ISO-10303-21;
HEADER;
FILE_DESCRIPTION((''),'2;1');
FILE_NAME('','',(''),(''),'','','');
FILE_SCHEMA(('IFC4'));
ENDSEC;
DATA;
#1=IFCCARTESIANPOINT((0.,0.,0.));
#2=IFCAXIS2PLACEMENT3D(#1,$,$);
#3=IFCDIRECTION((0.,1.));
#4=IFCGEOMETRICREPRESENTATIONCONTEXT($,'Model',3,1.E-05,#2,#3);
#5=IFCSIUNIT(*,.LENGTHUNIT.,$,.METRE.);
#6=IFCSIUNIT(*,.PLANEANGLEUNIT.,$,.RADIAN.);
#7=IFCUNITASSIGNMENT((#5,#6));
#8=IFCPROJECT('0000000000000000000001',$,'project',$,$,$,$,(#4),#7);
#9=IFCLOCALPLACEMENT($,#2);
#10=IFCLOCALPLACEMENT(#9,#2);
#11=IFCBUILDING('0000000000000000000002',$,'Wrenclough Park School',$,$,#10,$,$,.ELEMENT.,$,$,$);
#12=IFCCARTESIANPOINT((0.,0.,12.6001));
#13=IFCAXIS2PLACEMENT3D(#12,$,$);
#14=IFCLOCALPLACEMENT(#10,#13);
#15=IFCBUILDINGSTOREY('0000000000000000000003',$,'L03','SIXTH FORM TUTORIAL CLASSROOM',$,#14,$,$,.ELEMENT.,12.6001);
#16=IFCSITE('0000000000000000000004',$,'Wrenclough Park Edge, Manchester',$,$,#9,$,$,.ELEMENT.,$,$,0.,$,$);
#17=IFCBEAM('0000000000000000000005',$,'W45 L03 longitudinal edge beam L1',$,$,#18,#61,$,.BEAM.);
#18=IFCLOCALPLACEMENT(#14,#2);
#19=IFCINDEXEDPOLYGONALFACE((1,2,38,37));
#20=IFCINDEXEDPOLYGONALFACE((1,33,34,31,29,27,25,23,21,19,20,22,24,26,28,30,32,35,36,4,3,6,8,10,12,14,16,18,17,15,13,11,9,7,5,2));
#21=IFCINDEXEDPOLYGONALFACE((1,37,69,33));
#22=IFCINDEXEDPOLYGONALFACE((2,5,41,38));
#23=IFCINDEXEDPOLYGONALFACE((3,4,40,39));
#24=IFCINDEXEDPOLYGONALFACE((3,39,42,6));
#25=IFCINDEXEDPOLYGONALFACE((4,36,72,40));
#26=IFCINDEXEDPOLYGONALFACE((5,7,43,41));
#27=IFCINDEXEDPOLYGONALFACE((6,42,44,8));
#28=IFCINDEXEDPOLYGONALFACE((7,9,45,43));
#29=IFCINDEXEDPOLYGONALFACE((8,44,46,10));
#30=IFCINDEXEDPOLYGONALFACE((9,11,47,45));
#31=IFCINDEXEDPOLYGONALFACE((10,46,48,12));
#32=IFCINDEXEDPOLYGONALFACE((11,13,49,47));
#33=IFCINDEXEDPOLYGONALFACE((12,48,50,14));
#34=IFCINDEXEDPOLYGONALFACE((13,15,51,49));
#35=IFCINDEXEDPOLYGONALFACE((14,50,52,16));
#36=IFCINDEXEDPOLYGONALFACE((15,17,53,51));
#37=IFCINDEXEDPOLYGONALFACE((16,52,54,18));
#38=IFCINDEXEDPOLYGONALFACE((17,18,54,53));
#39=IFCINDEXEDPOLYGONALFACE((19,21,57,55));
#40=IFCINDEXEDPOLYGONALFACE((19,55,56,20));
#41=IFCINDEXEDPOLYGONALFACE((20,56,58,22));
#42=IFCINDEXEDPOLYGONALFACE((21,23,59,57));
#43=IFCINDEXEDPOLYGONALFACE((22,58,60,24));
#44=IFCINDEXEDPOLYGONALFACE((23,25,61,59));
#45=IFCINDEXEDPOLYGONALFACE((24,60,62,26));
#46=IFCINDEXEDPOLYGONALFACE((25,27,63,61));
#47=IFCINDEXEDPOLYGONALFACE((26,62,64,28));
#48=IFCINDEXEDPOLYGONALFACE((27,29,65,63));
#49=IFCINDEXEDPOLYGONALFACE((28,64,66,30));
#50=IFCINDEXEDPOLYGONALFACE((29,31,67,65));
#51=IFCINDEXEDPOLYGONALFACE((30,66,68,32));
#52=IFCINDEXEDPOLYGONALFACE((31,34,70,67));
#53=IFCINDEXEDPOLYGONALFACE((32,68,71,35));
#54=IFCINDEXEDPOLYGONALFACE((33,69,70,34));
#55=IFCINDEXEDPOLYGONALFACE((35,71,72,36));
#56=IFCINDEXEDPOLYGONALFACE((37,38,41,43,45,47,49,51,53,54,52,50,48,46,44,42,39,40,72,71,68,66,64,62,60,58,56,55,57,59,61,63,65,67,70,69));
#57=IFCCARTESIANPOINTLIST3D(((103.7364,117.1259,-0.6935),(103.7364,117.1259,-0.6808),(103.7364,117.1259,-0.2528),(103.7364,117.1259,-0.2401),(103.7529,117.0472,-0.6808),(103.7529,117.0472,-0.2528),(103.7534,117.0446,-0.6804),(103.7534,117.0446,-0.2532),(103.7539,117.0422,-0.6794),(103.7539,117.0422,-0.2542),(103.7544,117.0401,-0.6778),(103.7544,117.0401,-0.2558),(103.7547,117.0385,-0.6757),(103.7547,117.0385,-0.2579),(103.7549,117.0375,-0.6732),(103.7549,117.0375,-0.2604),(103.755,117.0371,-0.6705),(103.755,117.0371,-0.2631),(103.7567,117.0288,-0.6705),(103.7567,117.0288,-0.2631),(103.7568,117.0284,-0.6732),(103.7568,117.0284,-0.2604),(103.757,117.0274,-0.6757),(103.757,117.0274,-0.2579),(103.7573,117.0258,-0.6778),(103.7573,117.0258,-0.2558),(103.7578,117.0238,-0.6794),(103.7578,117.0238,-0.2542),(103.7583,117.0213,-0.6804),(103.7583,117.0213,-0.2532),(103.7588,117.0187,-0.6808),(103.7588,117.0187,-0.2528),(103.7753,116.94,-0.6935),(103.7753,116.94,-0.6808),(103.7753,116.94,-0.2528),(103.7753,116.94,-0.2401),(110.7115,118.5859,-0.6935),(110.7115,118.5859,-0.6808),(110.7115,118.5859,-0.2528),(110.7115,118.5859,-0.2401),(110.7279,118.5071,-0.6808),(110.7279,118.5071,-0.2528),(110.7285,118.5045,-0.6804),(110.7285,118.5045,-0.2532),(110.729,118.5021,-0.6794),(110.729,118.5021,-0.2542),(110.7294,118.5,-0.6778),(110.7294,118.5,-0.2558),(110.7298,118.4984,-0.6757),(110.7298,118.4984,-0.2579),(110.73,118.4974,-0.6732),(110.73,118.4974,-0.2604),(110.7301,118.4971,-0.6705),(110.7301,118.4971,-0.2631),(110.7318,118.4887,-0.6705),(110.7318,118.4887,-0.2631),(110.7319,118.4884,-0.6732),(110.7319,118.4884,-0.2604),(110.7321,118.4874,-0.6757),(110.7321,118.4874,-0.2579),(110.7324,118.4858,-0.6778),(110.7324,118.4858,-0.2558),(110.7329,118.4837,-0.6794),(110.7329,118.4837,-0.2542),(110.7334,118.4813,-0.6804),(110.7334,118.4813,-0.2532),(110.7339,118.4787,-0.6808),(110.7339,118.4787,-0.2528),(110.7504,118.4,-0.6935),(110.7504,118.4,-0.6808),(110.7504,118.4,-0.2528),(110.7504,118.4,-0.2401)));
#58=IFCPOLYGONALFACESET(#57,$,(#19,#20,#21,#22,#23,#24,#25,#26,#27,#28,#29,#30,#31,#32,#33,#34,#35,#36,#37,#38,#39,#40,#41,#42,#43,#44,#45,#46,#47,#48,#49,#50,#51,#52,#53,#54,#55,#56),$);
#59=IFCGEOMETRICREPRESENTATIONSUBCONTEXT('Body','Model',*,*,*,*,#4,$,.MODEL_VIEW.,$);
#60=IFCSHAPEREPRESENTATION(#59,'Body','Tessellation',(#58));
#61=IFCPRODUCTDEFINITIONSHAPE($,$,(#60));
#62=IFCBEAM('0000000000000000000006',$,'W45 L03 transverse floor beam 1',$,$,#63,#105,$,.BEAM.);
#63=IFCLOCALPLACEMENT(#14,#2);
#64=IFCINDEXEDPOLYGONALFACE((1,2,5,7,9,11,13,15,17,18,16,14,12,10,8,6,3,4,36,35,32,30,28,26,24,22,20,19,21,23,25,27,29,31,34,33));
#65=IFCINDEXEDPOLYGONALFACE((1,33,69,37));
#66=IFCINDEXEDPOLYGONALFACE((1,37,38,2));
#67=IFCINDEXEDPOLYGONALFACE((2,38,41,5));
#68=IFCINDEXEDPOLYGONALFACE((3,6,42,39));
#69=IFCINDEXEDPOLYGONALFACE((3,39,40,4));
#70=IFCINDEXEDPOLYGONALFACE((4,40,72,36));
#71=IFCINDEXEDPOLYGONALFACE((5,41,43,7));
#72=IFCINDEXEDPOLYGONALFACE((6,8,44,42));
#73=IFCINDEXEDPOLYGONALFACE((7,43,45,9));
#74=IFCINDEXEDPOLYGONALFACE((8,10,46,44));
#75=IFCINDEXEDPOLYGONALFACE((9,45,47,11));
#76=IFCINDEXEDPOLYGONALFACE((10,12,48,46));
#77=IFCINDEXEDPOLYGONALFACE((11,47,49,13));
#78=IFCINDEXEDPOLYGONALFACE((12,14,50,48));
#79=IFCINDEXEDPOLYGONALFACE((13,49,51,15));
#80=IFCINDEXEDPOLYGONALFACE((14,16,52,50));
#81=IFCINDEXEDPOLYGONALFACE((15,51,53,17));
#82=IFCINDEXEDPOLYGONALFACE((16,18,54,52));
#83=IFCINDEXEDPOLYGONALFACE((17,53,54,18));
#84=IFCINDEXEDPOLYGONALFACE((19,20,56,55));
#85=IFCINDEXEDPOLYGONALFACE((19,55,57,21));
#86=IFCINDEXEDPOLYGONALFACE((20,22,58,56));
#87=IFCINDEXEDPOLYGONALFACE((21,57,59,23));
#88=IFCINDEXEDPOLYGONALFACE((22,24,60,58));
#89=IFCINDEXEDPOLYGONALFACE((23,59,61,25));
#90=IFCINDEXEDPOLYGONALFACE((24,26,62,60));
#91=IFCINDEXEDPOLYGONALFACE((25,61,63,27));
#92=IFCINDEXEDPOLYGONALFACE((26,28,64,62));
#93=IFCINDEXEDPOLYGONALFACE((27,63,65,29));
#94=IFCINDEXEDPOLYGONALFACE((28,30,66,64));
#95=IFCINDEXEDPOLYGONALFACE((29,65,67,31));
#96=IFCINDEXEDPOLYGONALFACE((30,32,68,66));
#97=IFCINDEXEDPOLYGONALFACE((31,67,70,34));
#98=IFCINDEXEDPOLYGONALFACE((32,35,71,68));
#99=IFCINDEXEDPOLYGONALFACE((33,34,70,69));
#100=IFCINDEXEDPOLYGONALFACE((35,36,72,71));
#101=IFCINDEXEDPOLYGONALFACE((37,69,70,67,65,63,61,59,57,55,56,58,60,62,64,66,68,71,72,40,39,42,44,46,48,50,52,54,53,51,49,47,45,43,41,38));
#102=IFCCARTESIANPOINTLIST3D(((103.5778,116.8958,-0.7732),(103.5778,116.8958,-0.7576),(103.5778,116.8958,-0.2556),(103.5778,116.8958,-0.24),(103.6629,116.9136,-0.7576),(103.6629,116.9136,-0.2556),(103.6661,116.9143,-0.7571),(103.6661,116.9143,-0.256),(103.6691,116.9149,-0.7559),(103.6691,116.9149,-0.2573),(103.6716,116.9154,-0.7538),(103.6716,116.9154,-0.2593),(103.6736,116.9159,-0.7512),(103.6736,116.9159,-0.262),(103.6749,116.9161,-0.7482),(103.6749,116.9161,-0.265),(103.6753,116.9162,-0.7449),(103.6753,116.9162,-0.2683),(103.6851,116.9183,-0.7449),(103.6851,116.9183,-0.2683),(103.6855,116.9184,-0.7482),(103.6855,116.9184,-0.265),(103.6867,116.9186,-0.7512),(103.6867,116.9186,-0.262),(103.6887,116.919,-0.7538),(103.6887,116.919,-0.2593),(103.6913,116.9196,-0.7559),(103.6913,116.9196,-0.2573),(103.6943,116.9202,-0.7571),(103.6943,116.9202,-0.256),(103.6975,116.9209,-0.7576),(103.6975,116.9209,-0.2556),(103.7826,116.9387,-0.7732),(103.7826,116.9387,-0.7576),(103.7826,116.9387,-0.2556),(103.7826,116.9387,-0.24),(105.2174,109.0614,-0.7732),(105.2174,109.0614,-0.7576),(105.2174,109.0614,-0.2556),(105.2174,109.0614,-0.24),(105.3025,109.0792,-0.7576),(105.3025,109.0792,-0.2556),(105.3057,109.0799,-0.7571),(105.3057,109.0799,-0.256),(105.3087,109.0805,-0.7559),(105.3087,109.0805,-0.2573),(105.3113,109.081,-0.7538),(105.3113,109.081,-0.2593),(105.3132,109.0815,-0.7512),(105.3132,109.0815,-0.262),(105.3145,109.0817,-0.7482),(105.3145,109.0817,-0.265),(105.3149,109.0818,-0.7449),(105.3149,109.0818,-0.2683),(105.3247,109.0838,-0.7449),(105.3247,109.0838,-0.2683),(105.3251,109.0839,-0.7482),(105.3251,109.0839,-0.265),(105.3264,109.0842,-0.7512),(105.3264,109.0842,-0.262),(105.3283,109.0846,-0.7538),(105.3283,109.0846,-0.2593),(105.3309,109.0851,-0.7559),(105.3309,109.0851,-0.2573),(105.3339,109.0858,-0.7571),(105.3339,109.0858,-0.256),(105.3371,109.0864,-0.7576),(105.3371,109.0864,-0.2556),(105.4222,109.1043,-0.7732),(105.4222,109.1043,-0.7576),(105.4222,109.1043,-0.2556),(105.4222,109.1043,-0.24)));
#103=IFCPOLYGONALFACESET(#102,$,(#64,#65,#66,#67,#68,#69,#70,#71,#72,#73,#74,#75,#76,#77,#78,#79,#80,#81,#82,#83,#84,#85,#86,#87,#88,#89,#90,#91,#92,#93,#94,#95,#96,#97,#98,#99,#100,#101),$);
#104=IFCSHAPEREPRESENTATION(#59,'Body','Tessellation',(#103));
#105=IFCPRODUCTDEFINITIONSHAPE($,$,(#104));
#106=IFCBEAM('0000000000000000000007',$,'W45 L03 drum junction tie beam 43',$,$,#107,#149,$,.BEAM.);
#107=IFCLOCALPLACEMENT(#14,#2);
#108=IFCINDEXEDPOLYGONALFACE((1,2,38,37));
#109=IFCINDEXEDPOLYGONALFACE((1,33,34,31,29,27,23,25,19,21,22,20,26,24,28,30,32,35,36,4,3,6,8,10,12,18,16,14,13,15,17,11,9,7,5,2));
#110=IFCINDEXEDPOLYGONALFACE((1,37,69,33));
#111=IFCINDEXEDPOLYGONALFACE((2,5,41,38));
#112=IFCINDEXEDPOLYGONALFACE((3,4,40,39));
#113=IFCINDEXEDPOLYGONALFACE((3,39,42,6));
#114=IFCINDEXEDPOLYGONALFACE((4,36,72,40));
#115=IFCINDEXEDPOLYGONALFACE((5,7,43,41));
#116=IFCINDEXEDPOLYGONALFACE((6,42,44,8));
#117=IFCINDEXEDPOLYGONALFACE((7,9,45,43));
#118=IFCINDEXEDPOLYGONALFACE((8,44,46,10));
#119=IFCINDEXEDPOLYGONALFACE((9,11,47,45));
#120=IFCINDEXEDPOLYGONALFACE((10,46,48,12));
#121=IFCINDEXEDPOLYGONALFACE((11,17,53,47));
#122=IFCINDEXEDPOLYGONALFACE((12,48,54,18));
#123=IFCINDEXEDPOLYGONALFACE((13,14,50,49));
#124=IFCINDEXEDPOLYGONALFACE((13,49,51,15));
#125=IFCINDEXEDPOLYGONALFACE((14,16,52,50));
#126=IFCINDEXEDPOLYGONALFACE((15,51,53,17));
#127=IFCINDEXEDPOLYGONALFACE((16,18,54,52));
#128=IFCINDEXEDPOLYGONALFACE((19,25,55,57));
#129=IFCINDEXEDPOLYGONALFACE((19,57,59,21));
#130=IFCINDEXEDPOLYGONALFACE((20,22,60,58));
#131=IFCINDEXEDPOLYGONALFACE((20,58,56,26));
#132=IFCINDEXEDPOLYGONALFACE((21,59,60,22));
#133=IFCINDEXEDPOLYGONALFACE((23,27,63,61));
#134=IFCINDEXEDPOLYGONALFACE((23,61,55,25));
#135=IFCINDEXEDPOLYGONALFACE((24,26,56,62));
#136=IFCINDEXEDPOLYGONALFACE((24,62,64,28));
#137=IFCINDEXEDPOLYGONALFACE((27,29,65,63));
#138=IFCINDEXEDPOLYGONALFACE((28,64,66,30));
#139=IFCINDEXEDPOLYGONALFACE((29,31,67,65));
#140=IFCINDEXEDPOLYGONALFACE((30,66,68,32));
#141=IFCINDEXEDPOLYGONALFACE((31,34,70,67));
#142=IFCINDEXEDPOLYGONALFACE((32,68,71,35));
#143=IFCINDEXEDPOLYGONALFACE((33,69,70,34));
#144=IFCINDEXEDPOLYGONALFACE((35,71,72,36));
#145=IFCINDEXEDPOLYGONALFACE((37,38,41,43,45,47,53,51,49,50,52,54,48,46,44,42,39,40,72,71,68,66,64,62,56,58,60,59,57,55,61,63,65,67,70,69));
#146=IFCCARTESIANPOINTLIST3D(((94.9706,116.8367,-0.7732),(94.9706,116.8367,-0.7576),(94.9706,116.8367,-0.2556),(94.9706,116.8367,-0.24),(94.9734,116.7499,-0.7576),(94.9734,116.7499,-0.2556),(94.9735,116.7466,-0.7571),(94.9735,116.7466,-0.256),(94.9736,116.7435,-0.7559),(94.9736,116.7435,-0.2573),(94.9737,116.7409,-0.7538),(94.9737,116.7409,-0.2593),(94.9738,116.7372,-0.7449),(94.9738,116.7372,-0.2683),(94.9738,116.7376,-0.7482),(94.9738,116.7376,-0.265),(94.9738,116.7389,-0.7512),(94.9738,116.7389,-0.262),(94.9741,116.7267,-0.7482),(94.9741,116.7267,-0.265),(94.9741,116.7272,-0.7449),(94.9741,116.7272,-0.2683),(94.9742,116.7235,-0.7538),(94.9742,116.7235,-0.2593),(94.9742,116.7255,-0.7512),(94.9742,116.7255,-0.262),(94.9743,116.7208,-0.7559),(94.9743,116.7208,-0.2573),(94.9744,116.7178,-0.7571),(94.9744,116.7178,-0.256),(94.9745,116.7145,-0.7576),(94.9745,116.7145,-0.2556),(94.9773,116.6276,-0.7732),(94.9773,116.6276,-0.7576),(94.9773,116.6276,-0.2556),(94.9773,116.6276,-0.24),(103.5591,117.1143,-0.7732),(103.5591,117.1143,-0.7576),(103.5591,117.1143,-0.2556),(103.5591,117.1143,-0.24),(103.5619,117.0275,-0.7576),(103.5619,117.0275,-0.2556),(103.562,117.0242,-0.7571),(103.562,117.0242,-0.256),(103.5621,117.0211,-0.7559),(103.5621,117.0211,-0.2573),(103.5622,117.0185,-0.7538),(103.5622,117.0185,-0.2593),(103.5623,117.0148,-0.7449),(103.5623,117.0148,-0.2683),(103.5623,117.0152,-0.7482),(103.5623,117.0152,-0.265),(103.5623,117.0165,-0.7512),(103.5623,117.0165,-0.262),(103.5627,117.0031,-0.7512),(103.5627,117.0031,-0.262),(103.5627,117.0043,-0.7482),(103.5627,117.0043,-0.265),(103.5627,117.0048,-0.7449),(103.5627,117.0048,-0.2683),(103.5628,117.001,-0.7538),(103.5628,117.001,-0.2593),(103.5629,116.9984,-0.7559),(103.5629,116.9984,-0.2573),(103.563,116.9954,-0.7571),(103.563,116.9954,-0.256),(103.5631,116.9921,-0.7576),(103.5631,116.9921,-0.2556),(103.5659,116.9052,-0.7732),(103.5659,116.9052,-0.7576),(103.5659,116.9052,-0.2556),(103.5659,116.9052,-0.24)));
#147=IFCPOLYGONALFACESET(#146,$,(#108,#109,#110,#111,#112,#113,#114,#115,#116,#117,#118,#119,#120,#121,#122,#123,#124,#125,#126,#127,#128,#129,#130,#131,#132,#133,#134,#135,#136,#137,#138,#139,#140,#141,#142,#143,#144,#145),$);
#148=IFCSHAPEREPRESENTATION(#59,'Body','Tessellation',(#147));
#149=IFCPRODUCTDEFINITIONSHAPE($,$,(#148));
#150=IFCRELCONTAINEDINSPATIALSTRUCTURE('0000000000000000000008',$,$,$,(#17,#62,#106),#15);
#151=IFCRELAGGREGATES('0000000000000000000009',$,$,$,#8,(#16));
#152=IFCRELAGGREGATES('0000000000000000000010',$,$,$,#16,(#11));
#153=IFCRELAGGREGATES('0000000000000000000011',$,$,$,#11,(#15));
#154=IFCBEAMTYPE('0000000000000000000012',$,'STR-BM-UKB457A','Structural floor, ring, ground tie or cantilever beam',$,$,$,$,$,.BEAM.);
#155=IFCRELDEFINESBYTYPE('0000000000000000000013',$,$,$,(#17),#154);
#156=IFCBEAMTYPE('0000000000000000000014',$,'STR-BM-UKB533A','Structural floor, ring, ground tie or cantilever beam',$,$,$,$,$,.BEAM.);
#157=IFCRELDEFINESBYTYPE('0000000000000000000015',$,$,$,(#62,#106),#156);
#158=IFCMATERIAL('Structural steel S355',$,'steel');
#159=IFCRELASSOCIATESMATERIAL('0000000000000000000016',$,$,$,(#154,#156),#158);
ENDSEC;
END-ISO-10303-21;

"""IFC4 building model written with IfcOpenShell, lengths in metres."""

from ifc_helpers import new_model, si_unit, direction, frame, origin, origin_2d, place, context, subcontext, project, spatial, i_section, extrude, material, material_profile, profile_set, type_object, element, save


model = new_model("IFC4")

# Units and contexts
model_context = context("Model", 3, precision=1e-05, world=origin(), true_north=direction((0.0, 1.0)))
body_context = subcontext(model_context, "Body", "Model", "MODEL_VIEW")
ifc_project = project(units=[si_unit("LENGTHUNIT", "METRE"), si_unit("PLANEANGLEUNIT", "RADIAN")], contexts=[model_context])

# Site, building, storey
site_placement = place(None, origin())
site = spatial("IfcSite", under=ifc_project, at=site_placement, Name="Wrenclough Park Edge, Manchester", CompositionType="ELEMENT", RefElevation=0.0)
building_placement = place(site_placement, origin())
building = spatial("IfcBuilding", under=site, at=building_placement, Name="Wrenclough Park School", CompositionType="ELEMENT")
storey_placement = place(building_placement, frame((0.0, 0.0, 12.6001)))
storey = spatial("IfcBuildingStorey", under=building, at=storey_placement, Name="L03", Description="SIXTH FORM TUTORIAL CLASSROOM", CompositionType="ELEMENT", Elevation=12.6001)

# Shared definitions
ifc_material_1 = material(Name="Structural steel S355", Category="steel")

# Beams
ifc_material_profile_1 = material_profile(ifc_material_1, i_section(OverallWidth=0.1899, OverallDepth=0.4534, WebThickness=0.0085, FlangeThickness=0.0127, FilletRadius=0.0103, at=origin_2d()), Name="UKB 457x191x67")
ifc_profile_set_1 = profile_set([ifc_material_profile_1], Name="Structural steel S355")
beam_type_1 = type_object("IfcBeamType", Name="STR-BM-UKB457A", Description="Structural floor, ring, ground tie or cantilever beam", PredefinedType="BEAM", material=ifc_profile_set_1)
beam_1_placement = place(storey_placement, frame((103.7559, 117.033, -0.4668), z_axis=(0.978789, 0.204871, 0.0), x_axis=(-0.204871, 0.978789, 0.0)))
element("IfcBeam", 1, at=beam_1_placement, inside=storey, type_object=beam_type_1, Name="W45 L03 longitudinal edge beam L1", PredefinedType="BEAM", context=body_context, shape_type="SweptSolid", body=[
    extrude(i_section(OverallWidth=0.1899, OverallDepth=0.4534, WebThickness=0.0085, FlangeThickness=0.0127, FilletRadius=0.0103, at=origin_2d()), origin(), (0.0, 0.0, 1.0), 7.1262),
])
ifc_material_profile_2 = material_profile(ifc_material_1, i_section(OverallWidth=0.2092, OverallDepth=0.5332, WebThickness=0.01, FlangeThickness=0.0156, FilletRadius=0.0127, at=origin_2d()), Name="UKB 533x210x92")
ifc_profile_set_2 = profile_set([ifc_material_profile_2], Name="Structural steel S355")
beam_type_2 = type_object("IfcBeamType", Name="STR-BM-UKB533A", Description="Structural floor, ring, ground tie or cantilever beam", PredefinedType="BEAM", material=ifc_profile_set_2)
beam_2_placement = place(storey_placement, frame((103.6802, 116.9172, -0.5066), z_axis=(0.204848, -0.978794, 0.0), x_axis=(0.978794, 0.204848, 0.0)))
element("IfcBeam", 2, at=beam_2_placement, inside=storey, type_object=beam_type_2, Name="W45 L03 transverse floor beam 1", PredefinedType="BEAM", context=body_context, shape_type="SweptSolid", body=[
    extrude(i_section(OverallWidth=0.2092, OverallDepth=0.5332, WebThickness=0.01, FlangeThickness=0.0156, FilletRadius=0.0127, at=origin_2d()), origin(), (0.0, 0.0, 1.0), 8.0042),
])
beam_3_placement = place(storey_placement, frame((103.5625, 117.0098, -0.5066), z_axis=(-0.999478, -0.032304, 0.0), x_axis=(0.032304, -0.999478, 0.0)))
element("IfcBeam", 3, at=beam_3_placement, inside=storey, type_object=beam_type_2, Name="W45 L03 drum junction tie beam 43", PredefinedType="BEAM", context=body_context, shape_type="SweptSolid", body=[
    extrude(i_section(OverallWidth=0.2092, OverallDepth=0.5332, WebThickness=0.01, FlangeThickness=0.0156, FilletRadius=0.0127, at=origin_2d()), origin(), (0.0, 0.0, 1.0), 8.593),
])

save(model, "model.ifc")
